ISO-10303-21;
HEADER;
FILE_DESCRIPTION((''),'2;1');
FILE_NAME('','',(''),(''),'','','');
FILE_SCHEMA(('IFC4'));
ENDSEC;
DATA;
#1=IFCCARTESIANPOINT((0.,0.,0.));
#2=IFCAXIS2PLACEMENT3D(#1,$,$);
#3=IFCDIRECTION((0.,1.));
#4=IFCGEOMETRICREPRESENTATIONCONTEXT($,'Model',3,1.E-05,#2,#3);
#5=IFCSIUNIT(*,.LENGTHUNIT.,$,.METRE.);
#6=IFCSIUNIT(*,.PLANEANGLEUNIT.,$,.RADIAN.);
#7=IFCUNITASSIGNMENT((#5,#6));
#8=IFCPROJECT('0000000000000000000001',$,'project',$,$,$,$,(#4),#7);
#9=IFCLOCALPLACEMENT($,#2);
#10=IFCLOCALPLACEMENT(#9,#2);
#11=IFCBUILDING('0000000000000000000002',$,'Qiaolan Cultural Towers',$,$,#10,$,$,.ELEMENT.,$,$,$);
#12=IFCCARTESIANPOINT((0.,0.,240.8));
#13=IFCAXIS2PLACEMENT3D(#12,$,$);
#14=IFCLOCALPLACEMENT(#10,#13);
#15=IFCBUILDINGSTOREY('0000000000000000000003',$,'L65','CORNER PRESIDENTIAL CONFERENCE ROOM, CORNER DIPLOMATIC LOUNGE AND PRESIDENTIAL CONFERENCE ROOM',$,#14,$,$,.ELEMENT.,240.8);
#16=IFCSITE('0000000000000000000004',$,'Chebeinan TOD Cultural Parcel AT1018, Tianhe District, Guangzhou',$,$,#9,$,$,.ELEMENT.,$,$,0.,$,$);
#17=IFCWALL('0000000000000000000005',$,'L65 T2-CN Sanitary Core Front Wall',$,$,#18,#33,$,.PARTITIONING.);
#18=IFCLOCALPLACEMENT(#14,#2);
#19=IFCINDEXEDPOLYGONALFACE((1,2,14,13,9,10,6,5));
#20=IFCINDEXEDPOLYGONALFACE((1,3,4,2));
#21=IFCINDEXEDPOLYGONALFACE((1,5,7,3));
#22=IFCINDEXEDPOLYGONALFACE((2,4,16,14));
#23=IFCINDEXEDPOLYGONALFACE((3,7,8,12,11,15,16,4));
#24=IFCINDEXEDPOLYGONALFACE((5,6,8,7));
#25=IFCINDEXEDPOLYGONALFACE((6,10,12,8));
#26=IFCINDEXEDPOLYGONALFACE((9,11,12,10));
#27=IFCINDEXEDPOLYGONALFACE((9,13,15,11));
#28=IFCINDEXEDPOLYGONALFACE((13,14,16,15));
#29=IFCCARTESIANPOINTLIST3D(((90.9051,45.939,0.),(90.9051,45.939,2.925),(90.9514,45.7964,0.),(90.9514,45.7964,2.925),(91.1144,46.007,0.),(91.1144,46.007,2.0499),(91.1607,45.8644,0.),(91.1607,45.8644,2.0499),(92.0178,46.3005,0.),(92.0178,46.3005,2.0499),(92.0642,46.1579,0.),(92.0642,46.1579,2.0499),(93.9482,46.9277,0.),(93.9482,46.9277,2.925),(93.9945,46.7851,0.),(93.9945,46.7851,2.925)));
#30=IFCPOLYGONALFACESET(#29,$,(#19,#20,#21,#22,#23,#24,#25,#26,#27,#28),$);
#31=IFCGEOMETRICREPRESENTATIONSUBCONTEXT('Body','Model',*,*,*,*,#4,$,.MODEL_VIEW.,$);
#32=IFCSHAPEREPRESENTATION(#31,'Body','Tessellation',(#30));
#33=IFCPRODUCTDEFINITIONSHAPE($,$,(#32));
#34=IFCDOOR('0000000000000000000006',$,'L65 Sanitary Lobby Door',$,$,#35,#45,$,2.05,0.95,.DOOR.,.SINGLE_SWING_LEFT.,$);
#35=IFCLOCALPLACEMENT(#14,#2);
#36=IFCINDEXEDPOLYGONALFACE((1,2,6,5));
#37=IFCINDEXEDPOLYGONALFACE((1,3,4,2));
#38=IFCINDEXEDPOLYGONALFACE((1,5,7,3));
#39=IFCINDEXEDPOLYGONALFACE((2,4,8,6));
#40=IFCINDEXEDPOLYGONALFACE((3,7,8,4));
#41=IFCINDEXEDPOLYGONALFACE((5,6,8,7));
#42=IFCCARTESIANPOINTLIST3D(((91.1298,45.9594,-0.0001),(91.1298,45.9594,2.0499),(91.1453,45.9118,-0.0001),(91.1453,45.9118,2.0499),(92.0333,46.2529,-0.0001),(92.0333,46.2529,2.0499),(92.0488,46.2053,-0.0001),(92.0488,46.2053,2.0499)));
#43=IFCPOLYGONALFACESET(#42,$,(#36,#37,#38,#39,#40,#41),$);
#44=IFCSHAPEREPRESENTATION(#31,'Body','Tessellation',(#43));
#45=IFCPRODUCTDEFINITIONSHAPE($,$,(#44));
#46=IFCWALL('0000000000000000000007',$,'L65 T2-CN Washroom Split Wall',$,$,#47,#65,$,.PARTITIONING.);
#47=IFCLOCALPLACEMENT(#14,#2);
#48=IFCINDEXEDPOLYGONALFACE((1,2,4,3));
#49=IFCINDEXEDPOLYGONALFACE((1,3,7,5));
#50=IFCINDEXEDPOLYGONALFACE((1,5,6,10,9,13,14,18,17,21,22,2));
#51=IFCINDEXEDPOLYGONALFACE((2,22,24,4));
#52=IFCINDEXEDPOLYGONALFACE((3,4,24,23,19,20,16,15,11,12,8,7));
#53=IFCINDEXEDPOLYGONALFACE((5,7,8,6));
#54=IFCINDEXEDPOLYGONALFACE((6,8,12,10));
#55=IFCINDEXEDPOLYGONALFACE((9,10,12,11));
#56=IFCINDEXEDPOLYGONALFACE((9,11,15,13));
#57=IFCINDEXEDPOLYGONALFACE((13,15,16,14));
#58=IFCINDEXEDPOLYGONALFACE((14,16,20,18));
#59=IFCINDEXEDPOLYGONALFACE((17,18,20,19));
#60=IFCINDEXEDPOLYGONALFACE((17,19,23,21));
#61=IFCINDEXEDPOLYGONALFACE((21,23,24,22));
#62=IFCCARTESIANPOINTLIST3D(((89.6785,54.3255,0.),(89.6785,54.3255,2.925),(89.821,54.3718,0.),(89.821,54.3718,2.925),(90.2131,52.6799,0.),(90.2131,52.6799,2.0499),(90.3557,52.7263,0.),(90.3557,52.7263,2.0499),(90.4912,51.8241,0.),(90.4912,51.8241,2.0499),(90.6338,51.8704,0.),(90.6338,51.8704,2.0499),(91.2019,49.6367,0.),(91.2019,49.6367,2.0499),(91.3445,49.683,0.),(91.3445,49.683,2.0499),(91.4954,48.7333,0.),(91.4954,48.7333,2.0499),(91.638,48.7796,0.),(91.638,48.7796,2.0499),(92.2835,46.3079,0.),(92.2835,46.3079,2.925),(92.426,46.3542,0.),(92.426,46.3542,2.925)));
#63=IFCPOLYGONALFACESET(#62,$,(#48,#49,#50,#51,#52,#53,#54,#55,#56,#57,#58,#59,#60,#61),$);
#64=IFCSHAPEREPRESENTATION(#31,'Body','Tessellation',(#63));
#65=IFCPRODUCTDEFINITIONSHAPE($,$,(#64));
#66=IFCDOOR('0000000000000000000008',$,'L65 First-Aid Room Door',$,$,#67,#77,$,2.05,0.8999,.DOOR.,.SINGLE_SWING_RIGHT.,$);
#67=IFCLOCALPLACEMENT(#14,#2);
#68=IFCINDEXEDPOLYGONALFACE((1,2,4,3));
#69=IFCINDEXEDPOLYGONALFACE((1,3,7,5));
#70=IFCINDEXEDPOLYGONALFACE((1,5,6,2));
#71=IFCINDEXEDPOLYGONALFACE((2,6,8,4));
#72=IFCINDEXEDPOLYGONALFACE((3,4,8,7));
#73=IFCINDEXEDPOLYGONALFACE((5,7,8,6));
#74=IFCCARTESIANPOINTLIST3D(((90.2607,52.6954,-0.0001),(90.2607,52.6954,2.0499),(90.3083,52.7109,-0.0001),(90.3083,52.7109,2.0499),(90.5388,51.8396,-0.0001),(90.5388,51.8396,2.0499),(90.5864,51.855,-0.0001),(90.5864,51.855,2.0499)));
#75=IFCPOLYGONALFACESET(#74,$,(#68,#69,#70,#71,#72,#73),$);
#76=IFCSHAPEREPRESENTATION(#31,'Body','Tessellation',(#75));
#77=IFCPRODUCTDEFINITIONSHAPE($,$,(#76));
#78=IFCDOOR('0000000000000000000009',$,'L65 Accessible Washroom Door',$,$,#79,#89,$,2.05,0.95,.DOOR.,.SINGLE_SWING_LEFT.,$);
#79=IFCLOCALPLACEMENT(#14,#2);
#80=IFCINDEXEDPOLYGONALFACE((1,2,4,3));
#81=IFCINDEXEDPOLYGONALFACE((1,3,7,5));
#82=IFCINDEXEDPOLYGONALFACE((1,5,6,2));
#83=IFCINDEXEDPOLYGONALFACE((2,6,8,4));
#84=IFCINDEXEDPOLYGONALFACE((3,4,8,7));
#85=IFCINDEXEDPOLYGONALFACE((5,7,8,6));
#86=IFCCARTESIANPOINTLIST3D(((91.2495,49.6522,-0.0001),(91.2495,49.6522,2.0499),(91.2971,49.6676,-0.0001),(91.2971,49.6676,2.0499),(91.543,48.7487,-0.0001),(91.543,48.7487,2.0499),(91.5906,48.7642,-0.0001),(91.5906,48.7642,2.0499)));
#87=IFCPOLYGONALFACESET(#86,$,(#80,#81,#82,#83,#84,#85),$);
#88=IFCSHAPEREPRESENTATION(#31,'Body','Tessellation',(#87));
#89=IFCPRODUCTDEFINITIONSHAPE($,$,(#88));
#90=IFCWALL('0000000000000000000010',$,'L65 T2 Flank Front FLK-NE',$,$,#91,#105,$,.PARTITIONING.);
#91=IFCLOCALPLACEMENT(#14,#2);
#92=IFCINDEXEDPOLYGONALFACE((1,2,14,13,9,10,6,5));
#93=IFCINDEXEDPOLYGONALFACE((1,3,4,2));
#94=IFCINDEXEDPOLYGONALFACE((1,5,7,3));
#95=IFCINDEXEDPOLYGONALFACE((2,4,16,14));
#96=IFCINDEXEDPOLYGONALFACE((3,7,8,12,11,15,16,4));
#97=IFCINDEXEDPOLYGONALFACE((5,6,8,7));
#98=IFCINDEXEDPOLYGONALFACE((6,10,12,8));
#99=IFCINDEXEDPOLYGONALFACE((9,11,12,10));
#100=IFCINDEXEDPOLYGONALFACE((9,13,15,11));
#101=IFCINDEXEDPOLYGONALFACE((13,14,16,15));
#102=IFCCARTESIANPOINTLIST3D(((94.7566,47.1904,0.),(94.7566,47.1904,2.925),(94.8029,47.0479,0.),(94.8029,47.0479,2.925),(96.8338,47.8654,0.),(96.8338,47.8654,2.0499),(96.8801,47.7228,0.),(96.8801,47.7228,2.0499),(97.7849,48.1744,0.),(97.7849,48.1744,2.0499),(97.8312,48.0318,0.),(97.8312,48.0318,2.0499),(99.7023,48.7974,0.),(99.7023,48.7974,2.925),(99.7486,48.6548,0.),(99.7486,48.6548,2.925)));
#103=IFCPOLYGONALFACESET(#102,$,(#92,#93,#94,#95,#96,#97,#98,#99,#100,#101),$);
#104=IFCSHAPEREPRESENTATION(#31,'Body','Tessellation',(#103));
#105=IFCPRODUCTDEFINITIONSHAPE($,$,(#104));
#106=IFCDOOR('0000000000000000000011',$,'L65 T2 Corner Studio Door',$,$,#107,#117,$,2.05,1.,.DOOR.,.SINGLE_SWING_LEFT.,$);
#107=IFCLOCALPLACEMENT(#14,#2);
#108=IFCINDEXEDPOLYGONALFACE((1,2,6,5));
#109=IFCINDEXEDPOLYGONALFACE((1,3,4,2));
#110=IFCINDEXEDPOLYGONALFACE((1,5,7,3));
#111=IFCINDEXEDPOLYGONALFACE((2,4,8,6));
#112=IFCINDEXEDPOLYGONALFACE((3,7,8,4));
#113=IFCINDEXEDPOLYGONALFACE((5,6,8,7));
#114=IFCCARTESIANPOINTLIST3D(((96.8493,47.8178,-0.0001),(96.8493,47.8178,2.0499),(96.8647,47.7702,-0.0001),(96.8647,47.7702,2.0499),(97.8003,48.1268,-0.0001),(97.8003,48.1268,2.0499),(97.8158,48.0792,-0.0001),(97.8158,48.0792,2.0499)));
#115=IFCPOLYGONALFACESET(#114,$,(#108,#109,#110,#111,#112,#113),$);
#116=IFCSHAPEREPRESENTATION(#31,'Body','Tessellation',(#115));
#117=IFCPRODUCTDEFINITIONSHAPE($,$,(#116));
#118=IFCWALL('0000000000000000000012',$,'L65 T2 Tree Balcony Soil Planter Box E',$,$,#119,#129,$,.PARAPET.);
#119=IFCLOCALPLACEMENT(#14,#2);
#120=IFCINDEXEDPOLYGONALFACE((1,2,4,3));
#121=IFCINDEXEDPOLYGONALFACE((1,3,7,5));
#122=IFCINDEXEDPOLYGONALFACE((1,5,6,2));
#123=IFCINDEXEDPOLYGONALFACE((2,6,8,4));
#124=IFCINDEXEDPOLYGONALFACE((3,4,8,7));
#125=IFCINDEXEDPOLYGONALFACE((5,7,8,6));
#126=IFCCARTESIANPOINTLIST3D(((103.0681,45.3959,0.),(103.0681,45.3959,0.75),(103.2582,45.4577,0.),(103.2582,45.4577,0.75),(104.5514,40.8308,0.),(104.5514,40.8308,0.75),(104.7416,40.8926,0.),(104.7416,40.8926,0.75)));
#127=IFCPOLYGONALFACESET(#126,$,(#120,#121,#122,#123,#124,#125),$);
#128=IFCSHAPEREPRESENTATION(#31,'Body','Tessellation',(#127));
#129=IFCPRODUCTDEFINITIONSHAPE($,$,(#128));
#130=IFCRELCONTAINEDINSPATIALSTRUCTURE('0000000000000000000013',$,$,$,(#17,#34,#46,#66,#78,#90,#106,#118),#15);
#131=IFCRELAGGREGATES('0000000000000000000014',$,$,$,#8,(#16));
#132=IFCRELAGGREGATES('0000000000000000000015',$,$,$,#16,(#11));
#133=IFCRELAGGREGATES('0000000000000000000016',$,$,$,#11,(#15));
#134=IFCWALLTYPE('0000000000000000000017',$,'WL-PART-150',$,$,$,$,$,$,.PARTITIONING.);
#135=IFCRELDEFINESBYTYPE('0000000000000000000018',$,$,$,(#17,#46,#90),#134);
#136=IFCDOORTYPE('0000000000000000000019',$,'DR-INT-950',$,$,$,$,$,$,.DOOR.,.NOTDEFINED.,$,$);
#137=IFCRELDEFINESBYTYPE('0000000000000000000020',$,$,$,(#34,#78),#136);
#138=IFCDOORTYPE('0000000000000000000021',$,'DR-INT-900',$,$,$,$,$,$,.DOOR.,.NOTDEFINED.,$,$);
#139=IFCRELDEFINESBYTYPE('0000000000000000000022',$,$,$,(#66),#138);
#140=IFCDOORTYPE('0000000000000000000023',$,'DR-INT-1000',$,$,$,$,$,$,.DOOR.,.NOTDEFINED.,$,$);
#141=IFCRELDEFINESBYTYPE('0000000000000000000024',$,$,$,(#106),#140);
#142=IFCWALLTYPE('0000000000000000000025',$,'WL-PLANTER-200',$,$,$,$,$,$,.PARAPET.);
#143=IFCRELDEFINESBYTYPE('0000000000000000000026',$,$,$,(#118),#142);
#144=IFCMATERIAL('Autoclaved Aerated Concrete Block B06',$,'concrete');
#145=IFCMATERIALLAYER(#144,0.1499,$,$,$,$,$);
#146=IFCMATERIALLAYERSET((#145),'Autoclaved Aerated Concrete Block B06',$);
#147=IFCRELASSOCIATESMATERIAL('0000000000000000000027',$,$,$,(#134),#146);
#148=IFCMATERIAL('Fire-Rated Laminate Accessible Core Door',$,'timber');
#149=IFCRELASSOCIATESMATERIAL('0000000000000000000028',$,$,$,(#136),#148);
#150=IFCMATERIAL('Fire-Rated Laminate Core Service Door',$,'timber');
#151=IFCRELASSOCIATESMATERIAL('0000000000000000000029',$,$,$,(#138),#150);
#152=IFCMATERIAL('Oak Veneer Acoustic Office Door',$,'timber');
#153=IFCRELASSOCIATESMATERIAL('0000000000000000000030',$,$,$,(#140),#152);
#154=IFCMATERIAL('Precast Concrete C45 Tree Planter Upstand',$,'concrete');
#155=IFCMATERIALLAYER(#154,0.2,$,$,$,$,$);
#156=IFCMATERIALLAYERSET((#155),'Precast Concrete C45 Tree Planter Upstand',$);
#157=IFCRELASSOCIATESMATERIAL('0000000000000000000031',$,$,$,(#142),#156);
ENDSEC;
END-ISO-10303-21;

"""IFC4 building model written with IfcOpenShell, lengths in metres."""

from ifc_helpers import new_model, si_unit, direction, frame, frame_2d, origin, place, context, subcontext, project, spatial, rectangle, extrude, material, layer, layer_set, type_object, element, fill, save


model = new_model("IFC4")

# Units and contexts
model_context = context("Model", 3, precision=1e-05, world=origin(), true_north=direction((0.0, 1.0)))
body_context = subcontext(model_context, "Body", "Model", "MODEL_VIEW")
ifc_project = project(units=[si_unit("LENGTHUNIT", "METRE"), si_unit("PLANEANGLEUNIT", "RADIAN")], contexts=[model_context])

# Site, building, storey
site_placement = place(None, origin())
site = spatial("IfcSite", under=ifc_project, at=site_placement, Name="Chebeinan TOD Cultural Parcel AT1018, Tianhe District, Guangzhou", CompositionType="ELEMENT", RefElevation=0.0)
building_placement = place(site_placement, origin())
building = spatial("IfcBuilding", under=site, at=building_placement, Name="Qiaolan Cultural Towers", CompositionType="ELEMENT")
storey_placement = place(building_placement, frame((0.0, 0.0, 240.8)))
storey = spatial("IfcBuildingStorey", under=building, at=storey_placement, Name="L65", Description="CORNER PRESIDENTIAL CONFERENCE ROOM, CORNER DIPLOMATIC LOUNGE AND PRESIDENTIAL CONFERENCE ROOM", CompositionType="ELEMENT", Elevation=240.8)

# Wall, opening, door
ifc_material_1 = material(Name="Autoclaved Aerated Concrete Block B06", Category="concrete")
ifc_layer_1 = layer(ifc_material_1, 0.1499)
ifc_layer_set_1 = layer_set([ifc_layer_1], Name="Autoclaved Aerated Concrete Block B06")
wall_type_1 = type_object("IfcWallType", Name="WL-PART-150", PredefinedType="PARTITIONING", material=ifc_layer_set_1)
wall_1_placement = place(storey_placement, frame((90.9282, 45.8677, 0.0), z_axis=(0.0, 0.0, 1.0), x_axis=(0.951059, 0.309008, 0.0)))
wall_1 = element("IfcWall", 1, at=wall_1_placement, inside=storey, type_object=wall_type_1, Name="L65 T2-CN Sanitary Core Front Wall", PredefinedType="PARTITIONING", context=body_context, shape_type="SweptSolid", body=[
    extrude(rectangle(XDim=3.1997, YDim=0.1499, at=frame_2d((1.5999, 0.0))), origin(), (0.0, 0.0, 1.0), 2.925),
])
opening_1_placement = place(wall_1_placement, frame((0.22, 0.0, 0.0)))
opening_1 = element("IfcOpeningElement", 2, at=opening_1_placement, cuts=wall_1, PredefinedType="OPENING", context=body_context, shape_type="SweptSolid", body=[
    extrude(rectangle(XDim=0.95, YDim=2.05, at=frame_2d((0.4751, 1.0249))), frame((0.0, 0.085, 0.0), z_axis=(0.0, -1.0, 0.0), x_axis=(1.0, 0.0, 0.0)), (0.0, 0.0, 1.0), 0.1699),
])
ifc_material_2 = material(Name="Fire-Rated Laminate Accessible Core Door", Category="timber")
door_type_1 = type_object("IfcDoorType", Name="DR-INT-950", OperationType="NOTDEFINED", PredefinedType="DOOR", material=ifc_material_2)
door_1_placement = place(opening_1_placement, origin())
door_1 = element("IfcDoor", 3, at=door_1_placement, inside=storey, type_object=door_type_1, Name="L65 Sanitary Lobby Door", OperationType="SINGLE_SWING_LEFT", OverallHeight=2.05, OverallWidth=0.95, PredefinedType="DOOR", context=body_context, shape_type="SweptSolid", body=[
    extrude(rectangle(XDim=0.95, YDim=2.05, at=frame_2d((0.4751, 1.0249))), frame((0.0, 0.0249, 0.0), z_axis=(0.0, -1.0, 0.0), x_axis=(1.0, 0.0, 0.0)), (0.0, 0.0, 1.0), 0.05),
])
fill(opening_1, door_1)

# Wall, openings, doors
wall_2_placement = place(storey_placement, frame((92.3547, 46.3311, 0.0), z_axis=(0.0, 0.0, 1.0), x_axis=(-0.309007, 0.95106, 0.0)))
wall_2 = element("IfcWall", 4, at=wall_2_placement, inside=storey, type_object=wall_type_1, Name="L65 T2-CN Washroom Split Wall", PredefinedType="PARTITIONING", context=body_context, shape_type="SweptSolid", body=[
    extrude(rectangle(XDim=8.4302, YDim=0.1499, at=frame_2d((4.2151, 0.0))), origin(), (0.0, 0.0, 1.0), 2.925),
])
opening_2_placement = place(wall_2_placement, frame((2.55, 0.0, 0.0)))
opening_2 = element("IfcOpeningElement", 5, at=opening_2_placement, cuts=wall_2, PredefinedType="OPENING", context=body_context, shape_type="SweptSolid", body=[
    extrude(rectangle(XDim=0.95, YDim=2.05, at=frame_2d((0.4751, 1.0249))), frame((0.0, 0.085, 0.0), z_axis=(0.0, -1.0, 0.0), x_axis=(1.0, 0.0, 0.0)), (0.0, 0.0, 1.0), 0.1699),
])
opening_3_placement = place(wall_2_placement, frame((5.8, 0.0, 0.0)))
opening_3 = element("IfcOpeningElement", 6, at=opening_3_placement, cuts=wall_2, PredefinedType="OPENING", context=body_context, shape_type="SweptSolid", body=[
    extrude(rectangle(XDim=0.8999, YDim=2.05, at=frame_2d((0.45, 1.0249))), frame((0.0, 0.085, 0.0), z_axis=(0.0, -1.0, 0.0), x_axis=(1.0, 0.0, 0.0)), (0.0, 0.0, 1.0), 0.1699),
])
ifc_material_3 = material(Name="Fire-Rated Laminate Core Service Door", Category="timber")
door_type_2 = type_object("IfcDoorType", Name="DR-INT-900", OperationType="NOTDEFINED", PredefinedType="DOOR", material=ifc_material_3)
door_2_placement = place(opening_3_placement, origin())
door_2 = element("IfcDoor", 7, at=door_2_placement, inside=storey, type_object=door_type_2, Name="L65 First-Aid Room Door", OperationType="SINGLE_SWING_RIGHT", OverallHeight=2.05, OverallWidth=0.8999, PredefinedType="DOOR", context=body_context, shape_type="SweptSolid", body=[
    extrude(rectangle(XDim=0.8999, YDim=2.05, at=frame_2d((0.45, 1.0249))), frame((0.0, 0.0249, 0.0), z_axis=(0.0, -1.0, 0.0), x_axis=(1.0, 0.0, 0.0)), (0.0, 0.0, 1.0), 0.05),
])
fill(opening_3, door_2)
door_3_placement = place(opening_2_placement, origin())
door_3 = element("IfcDoor", 8, at=door_3_placement, inside=storey, type_object=door_type_1, Name="L65 Accessible Washroom Door", OperationType="SINGLE_SWING_LEFT", OverallHeight=2.05, OverallWidth=0.95, PredefinedType="DOOR", context=body_context, shape_type="SweptSolid", body=[
    extrude(rectangle(XDim=0.95, YDim=2.05, at=frame_2d((0.4751, 1.0249))), frame((0.0, 0.0249, 0.0), z_axis=(0.0, -1.0, 0.0), x_axis=(1.0, 0.0, 0.0)), (0.0, 0.0, 1.0), 0.05),
])
fill(opening_2, door_3)

# Wall, opening, door
wall_3_placement = place(storey_placement, frame((94.7798, 47.1191, 0.0), z_axis=(0.0, 0.0, 1.0), x_axis=(0.951055, 0.309021, 0.0)))
wall_3 = element("IfcWall", 9, at=wall_3_placement, inside=storey, type_object=wall_type_1, Name="L65 T2 Flank Front FLK-NE", PredefinedType="PARTITIONING", context=body_context, shape_type="SweptSolid", body=[
    extrude(rectangle(XDim=5.2002, YDim=0.1499, at=frame_2d((2.6001, 0.0))), origin(), (0.0, 0.0, 1.0), 2.925),
])
opening_4_placement = place(wall_3_placement, frame((2.1841, 0.0, 0.0)))
opening_4 = element("IfcOpeningElement", 10, at=opening_4_placement, cuts=wall_3, PredefinedType="OPENING", context=body_context, shape_type="SweptSolid", body=[
    extrude(rectangle(XDim=1.0, YDim=2.05, at=frame_2d((0.5, 1.0249))), frame((0.0, 0.085, 0.0), z_axis=(0.0, -1.0, 0.0), x_axis=(1.0, 0.0, 0.0)), (0.0, 0.0, 1.0), 0.1699),
])
ifc_material_4 = material(Name="Oak Veneer Acoustic Office Door", Category="timber")
door_type_3 = type_object("IfcDoorType", Name="DR-INT-1000", OperationType="NOTDEFINED", PredefinedType="DOOR", material=ifc_material_4)
door_4_placement = place(opening_4_placement, origin())
door_4 = element("IfcDoor", 11, at=door_4_placement, inside=storey, type_object=door_type_3, Name="L65 T2 Corner Studio Door", OperationType="SINGLE_SWING_LEFT", OverallHeight=2.05, OverallWidth=1.0, PredefinedType="DOOR", context=body_context, shape_type="SweptSolid", body=[
    extrude(rectangle(XDim=1.0, YDim=2.05, at=frame_2d((0.5, 1.0249))), frame((0.0, 0.0249, 0.0), z_axis=(0.0, -1.0, 0.0), x_axis=(1.0, 0.0, 0.0)), (0.0, 0.0, 1.0), 0.05),
])
fill(opening_4, door_4)

# Wall
ifc_material_5 = material(Name="Precast Concrete C45 Tree Planter Upstand", Category="concrete")
ifc_layer_2 = layer(ifc_material_5, 0.2)
ifc_layer_set_2 = layer_set([ifc_layer_2], Name="Precast Concrete C45 Tree Planter Upstand")
wall_type_2 = type_object("IfcWallType", Name="WL-PLANTER-200", PredefinedType="PARAPET", material=ifc_layer_set_2)
wall_4_placement = place(storey_placement, frame((104.6465, 40.8618, 0.0), z_axis=(0.0, 0.0, 1.0), x_axis=(-0.309032, 0.951052, 0.0)))
element("IfcWall", 12, at=wall_4_placement, inside=storey, type_object=wall_type_2, Name="L65 T2 Tree Balcony Soil Planter Box E", PredefinedType="PARAPET", context=body_context, shape_type="SweptSolid", body=[
    extrude(rectangle(XDim=4.8, YDim=0.2, at=frame_2d((2.3999, 0.0))), origin(), (0.0, 0.0, 1.0), 0.75),
])

save(model, "model.ifc")
